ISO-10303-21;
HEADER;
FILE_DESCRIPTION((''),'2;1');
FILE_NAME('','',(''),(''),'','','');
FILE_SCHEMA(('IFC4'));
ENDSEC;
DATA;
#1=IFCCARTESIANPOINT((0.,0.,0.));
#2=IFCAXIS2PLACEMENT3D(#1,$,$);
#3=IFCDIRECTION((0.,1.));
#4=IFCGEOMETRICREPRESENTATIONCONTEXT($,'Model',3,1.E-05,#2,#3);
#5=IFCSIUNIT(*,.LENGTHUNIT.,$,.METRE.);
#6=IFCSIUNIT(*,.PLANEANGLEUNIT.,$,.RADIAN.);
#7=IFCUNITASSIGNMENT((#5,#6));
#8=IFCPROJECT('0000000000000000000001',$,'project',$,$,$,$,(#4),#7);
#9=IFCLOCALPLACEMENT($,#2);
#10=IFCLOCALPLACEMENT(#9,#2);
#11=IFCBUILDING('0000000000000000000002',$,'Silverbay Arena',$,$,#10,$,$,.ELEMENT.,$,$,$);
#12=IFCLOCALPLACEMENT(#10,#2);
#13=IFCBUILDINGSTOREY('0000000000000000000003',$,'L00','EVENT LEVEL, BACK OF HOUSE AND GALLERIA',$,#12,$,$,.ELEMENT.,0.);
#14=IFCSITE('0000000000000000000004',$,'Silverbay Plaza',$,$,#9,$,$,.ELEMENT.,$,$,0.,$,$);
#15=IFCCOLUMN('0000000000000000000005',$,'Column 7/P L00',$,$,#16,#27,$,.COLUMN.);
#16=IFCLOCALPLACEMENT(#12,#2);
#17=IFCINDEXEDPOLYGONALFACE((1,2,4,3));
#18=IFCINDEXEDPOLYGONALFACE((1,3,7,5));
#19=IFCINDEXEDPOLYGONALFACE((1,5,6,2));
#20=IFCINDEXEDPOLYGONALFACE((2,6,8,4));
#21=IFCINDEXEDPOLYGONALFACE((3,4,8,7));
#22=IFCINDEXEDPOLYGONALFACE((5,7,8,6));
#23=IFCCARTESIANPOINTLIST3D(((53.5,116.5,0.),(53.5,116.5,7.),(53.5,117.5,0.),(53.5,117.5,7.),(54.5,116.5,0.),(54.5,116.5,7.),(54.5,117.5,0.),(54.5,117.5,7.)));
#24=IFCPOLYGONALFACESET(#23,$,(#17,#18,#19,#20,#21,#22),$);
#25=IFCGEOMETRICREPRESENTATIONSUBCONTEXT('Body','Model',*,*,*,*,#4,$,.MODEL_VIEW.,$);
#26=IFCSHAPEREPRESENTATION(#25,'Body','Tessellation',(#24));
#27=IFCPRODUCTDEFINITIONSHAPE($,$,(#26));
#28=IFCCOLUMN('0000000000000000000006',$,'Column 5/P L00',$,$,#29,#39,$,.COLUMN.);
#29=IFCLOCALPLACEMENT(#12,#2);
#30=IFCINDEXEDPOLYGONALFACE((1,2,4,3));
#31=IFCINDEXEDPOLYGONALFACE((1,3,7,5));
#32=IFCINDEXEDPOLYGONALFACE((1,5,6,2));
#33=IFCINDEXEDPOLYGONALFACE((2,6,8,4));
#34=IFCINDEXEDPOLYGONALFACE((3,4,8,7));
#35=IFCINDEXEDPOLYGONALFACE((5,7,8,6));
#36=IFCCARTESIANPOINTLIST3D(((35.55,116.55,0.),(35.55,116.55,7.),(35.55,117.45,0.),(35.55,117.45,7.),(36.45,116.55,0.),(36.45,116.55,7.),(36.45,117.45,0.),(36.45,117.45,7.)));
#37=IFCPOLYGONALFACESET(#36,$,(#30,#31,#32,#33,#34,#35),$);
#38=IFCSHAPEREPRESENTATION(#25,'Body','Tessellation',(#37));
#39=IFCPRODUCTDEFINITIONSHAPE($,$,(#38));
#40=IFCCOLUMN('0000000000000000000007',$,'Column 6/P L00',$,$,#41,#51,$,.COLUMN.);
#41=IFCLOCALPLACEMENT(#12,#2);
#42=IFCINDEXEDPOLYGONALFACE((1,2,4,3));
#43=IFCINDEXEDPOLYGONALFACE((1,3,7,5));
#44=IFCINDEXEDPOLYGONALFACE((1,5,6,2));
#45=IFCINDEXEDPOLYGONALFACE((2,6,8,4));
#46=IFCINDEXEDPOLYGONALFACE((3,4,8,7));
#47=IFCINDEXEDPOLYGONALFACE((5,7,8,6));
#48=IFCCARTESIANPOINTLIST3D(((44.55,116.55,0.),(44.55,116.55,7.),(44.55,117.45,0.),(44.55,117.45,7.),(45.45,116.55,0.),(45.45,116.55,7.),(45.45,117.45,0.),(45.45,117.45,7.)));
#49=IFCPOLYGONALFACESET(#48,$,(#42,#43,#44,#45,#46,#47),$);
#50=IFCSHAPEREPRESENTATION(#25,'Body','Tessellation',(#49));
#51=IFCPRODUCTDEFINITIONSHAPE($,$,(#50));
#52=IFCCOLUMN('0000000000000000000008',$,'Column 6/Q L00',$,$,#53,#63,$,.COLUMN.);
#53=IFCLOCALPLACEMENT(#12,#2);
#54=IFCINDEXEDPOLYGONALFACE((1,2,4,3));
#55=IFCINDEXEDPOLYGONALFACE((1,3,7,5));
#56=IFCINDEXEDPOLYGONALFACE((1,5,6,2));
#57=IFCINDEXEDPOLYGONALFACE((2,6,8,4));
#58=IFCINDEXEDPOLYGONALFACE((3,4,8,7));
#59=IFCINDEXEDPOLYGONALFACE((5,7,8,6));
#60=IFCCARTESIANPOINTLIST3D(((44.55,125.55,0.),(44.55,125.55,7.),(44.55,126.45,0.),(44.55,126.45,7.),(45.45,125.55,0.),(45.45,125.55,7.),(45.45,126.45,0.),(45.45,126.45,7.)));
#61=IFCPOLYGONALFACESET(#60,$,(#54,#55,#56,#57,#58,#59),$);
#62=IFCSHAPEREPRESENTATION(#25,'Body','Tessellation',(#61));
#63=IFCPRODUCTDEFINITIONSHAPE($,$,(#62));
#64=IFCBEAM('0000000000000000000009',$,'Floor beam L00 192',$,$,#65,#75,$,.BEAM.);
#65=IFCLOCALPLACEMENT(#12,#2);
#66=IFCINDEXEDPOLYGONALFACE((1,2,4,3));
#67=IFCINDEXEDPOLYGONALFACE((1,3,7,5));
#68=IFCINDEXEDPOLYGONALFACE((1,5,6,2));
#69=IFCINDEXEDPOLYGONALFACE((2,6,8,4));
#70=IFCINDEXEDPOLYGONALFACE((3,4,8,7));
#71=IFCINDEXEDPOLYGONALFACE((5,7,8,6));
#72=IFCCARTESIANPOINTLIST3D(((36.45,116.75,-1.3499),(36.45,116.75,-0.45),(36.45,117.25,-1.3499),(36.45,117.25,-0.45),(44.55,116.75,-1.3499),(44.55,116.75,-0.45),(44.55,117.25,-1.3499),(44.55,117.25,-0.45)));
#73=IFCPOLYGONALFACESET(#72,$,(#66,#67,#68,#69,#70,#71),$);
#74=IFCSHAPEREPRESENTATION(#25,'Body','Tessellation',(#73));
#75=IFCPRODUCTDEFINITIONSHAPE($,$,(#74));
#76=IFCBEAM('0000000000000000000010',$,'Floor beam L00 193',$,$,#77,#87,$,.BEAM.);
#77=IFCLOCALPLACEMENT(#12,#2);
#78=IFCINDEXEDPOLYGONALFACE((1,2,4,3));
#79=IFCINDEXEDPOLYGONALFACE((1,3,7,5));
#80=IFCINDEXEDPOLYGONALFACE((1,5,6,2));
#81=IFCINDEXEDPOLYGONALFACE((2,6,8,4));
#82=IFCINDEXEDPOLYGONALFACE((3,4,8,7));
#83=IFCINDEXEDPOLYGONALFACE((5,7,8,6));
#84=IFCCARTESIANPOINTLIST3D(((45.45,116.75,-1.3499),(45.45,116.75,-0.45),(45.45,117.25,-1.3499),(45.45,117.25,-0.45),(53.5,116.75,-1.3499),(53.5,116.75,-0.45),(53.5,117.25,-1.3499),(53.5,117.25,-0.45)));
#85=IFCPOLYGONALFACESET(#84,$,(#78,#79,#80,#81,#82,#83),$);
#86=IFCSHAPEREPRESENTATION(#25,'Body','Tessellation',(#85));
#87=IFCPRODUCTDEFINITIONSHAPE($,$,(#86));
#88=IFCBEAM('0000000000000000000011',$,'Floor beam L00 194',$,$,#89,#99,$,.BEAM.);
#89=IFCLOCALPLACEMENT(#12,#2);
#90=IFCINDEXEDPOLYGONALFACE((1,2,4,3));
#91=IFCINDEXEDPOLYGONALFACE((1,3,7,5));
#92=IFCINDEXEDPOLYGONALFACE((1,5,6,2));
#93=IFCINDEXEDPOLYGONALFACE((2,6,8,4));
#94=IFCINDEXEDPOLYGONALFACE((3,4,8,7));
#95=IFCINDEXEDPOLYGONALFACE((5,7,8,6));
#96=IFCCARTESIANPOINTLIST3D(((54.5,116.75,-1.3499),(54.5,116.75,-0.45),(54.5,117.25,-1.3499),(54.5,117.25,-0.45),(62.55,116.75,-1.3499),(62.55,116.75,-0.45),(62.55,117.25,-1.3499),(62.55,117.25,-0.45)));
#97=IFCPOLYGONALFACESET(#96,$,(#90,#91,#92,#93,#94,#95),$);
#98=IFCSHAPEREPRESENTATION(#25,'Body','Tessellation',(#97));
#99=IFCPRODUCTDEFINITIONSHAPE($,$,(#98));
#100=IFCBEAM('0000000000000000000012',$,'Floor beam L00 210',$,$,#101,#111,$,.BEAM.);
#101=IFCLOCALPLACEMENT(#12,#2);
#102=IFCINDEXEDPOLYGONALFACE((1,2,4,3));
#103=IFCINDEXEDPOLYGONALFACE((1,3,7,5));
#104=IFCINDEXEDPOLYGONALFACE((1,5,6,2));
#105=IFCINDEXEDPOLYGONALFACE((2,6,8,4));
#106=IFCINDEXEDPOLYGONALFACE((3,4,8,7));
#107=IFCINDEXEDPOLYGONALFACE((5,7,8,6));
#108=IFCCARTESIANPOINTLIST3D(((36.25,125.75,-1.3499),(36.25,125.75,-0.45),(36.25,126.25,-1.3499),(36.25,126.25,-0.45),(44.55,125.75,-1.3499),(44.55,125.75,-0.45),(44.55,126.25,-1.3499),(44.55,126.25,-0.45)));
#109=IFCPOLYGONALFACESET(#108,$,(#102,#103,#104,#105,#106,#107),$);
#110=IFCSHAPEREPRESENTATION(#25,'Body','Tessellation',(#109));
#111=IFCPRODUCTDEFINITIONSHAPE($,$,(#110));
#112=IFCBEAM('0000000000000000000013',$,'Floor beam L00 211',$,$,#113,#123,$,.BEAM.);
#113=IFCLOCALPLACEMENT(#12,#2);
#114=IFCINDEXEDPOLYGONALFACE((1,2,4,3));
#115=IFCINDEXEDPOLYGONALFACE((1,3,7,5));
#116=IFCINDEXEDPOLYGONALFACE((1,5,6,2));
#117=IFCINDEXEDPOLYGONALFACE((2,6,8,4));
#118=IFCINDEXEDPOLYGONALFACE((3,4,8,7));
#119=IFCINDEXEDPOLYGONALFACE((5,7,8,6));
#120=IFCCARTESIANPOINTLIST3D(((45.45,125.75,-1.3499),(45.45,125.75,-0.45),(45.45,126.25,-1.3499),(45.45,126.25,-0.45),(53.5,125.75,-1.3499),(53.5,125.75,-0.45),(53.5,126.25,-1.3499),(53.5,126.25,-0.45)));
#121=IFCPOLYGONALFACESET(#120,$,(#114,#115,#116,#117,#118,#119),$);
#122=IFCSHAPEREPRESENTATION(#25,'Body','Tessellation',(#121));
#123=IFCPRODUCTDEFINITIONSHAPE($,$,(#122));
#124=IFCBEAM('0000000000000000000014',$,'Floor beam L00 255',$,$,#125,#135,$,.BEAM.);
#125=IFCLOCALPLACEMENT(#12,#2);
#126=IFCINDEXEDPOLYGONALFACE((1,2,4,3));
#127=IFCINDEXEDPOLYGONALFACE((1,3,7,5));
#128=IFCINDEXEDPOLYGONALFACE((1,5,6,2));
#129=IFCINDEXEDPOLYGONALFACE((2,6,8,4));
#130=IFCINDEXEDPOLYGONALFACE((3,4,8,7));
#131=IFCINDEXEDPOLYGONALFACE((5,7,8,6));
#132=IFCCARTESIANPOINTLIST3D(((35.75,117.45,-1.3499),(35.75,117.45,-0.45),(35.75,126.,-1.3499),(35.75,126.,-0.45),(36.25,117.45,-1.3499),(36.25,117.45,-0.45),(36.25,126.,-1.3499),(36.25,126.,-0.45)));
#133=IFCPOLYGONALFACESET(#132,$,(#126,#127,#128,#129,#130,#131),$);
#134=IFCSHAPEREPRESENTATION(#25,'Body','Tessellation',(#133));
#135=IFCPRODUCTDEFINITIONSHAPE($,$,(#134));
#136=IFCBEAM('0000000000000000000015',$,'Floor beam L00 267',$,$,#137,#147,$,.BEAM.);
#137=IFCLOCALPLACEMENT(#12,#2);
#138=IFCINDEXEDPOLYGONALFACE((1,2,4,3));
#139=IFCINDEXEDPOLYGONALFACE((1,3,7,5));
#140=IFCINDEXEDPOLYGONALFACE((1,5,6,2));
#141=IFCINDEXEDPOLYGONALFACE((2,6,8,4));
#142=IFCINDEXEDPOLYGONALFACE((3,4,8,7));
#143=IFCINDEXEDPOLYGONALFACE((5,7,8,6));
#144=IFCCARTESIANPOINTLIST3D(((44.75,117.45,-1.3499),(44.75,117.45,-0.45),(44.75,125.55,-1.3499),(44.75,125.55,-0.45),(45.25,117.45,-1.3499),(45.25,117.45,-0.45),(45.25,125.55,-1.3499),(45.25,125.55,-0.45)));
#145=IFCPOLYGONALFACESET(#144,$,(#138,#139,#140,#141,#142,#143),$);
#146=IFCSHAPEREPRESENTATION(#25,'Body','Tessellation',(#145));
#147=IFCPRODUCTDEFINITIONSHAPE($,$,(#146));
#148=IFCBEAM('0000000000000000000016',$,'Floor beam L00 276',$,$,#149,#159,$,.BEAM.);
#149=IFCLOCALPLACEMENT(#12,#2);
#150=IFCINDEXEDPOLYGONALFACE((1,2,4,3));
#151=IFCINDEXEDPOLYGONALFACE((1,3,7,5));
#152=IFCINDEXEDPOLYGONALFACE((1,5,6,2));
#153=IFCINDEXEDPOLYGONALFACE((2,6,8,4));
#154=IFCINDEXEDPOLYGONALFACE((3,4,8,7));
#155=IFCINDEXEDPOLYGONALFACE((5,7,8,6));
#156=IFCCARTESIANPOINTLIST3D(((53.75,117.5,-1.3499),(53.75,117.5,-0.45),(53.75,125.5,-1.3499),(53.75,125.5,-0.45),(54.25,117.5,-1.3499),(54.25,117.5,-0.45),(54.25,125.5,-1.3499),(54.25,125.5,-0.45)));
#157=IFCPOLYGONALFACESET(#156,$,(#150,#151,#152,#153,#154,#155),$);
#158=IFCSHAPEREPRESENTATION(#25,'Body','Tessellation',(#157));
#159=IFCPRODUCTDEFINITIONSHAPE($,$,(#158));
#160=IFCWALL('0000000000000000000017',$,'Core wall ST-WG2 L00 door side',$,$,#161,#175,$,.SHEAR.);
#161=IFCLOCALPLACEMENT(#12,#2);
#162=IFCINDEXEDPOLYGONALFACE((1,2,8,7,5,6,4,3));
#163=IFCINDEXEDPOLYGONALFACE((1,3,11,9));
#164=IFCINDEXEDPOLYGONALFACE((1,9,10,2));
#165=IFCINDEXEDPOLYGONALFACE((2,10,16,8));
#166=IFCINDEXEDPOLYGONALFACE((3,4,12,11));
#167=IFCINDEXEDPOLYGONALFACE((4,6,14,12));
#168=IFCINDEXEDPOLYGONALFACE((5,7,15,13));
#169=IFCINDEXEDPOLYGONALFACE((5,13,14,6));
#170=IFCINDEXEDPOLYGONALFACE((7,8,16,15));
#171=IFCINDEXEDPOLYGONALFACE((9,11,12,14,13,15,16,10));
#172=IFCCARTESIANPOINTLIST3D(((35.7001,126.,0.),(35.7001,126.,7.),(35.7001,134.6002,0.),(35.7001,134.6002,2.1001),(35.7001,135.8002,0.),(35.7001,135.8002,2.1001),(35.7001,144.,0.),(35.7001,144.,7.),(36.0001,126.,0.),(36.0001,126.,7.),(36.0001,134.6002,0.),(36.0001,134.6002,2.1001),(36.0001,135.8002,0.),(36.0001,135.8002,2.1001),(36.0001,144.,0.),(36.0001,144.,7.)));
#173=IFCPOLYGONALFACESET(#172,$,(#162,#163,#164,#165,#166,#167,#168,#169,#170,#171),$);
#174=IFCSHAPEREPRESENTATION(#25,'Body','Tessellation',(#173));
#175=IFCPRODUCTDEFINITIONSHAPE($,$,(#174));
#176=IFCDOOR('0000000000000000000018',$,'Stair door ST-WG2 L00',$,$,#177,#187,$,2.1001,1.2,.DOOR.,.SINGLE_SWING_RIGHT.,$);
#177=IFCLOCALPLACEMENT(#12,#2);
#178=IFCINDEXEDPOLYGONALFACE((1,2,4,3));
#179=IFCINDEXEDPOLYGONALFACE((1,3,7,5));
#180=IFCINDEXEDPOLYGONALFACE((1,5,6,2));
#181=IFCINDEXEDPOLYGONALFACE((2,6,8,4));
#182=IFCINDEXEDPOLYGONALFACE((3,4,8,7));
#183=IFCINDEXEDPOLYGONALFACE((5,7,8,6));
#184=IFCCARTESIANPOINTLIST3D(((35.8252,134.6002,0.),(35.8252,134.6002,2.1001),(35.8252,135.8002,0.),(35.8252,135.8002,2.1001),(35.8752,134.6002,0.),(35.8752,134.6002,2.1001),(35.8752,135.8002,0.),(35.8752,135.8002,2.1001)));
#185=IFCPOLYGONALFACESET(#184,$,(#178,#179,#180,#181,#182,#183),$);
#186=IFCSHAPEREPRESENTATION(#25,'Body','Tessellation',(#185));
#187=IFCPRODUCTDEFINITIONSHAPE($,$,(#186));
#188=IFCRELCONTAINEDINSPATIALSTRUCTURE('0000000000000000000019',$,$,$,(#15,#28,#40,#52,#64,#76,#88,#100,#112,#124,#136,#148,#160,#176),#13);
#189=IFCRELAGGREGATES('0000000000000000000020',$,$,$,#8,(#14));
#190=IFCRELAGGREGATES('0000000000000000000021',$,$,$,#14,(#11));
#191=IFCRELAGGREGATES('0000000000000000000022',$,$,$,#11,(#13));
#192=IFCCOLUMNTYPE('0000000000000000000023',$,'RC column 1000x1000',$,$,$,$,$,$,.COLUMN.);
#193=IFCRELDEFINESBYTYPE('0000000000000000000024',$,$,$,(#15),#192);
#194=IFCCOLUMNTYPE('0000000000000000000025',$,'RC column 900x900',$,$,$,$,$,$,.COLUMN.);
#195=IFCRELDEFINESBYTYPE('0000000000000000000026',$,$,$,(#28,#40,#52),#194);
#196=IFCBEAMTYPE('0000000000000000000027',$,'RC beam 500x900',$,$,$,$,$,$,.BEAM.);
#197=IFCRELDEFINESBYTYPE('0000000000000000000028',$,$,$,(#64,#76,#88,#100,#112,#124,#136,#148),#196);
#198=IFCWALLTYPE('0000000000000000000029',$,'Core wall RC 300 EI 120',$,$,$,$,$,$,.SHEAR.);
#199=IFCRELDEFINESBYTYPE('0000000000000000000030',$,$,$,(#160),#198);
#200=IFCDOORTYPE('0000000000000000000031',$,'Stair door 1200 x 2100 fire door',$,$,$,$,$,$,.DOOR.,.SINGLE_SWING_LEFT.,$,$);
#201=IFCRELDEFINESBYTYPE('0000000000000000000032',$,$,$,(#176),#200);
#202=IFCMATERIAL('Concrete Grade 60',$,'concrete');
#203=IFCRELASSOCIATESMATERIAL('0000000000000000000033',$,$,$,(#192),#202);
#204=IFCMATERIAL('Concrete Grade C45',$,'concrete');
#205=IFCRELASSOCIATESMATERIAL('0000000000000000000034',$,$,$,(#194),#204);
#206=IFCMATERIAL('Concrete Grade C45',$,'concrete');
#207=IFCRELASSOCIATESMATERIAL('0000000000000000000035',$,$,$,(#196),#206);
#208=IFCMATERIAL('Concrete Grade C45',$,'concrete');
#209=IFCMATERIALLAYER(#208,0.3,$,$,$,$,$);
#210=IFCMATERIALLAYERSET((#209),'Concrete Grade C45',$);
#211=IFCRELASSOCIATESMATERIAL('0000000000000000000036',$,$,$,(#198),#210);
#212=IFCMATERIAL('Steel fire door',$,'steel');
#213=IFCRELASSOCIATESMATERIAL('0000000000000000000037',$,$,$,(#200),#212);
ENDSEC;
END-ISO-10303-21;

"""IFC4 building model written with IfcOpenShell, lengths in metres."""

from ifc_helpers import new_model, si_unit, direction, frame, frame_2d, origin, origin_2d, place, context, subcontext, project, spatial, rectangle, extrude, material, layer, layer_set, material_profile, profile_set, type_object, element, fill, save


model = new_model("IFC4")

# Units and contexts
model_context = context("Model", 3, precision=1e-05, world=origin(), true_north=direction((0.0, 1.0)))
body_context = subcontext(model_context, "Body", "Model", "MODEL_VIEW")
ifc_project = project(units=[si_unit("LENGTHUNIT", "METRE"), si_unit("PLANEANGLEUNIT", "RADIAN")], contexts=[model_context])

# Site, building, storey
site_placement = place(None, origin())
site = spatial("IfcSite", under=ifc_project, at=site_placement, Name="Silverbay Plaza", CompositionType="ELEMENT", RefElevation=0.0)
building_placement = place(site_placement, origin())
building = spatial("IfcBuilding", under=site, at=building_placement, Name="Silverbay Arena", CompositionType="ELEMENT")
storey_placement = place(building_placement, origin())
storey = spatial("IfcBuildingStorey", under=building, at=storey_placement, Name="L00", Description="EVENT LEVEL, BACK OF HOUSE AND GALLERIA", CompositionType="ELEMENT", Elevation=0.0)

# Columns
ifc_material_1 = material(Name="Concrete Grade 60", Category="concrete")
ifc_material_profile_1 = material_profile(ifc_material_1, rectangle(XDim=1.0, YDim=1.0, at=origin_2d()), Name="RC 1000x1000")
ifc_profile_set_1 = profile_set([ifc_material_profile_1], Name="Concrete Grade 60")
column_type_1 = type_object("IfcColumnType", Name="RC column 1000x1000", PredefinedType="COLUMN", material=ifc_profile_set_1)
column_placement = place(storey_placement, frame((54.0, 117.0, 0.0), z_axis=(0.0, 0.0, 1.0), x_axis=(1.0, 0.0, 0.0)))
element("IfcColumn", 1, at=column_placement, inside=storey, type_object=column_type_1, Name="Column 7/P L00", PredefinedType="COLUMN", context=body_context, shape_type="SweptSolid", body=[
    extrude(rectangle(XDim=1.0, YDim=1.0, at=origin_2d()), origin(), (0.0, 0.0, 1.0), 7.0),
])
ifc_material_2 = material(Name="Concrete Grade C45", Category="concrete")
ifc_material_profile_2 = material_profile(ifc_material_2, rectangle(XDim=0.8999, YDim=0.8999, at=origin_2d()), Name="RC 900x900")
ifc_profile_set_2 = profile_set([ifc_material_profile_2], Name="Concrete Grade C45")
column_type_2 = type_object("IfcColumnType", Name="RC column 900x900", PredefinedType="COLUMN", material=ifc_profile_set_2)
for number, where, z_axis, x_axis, name in (
    (2, (36.0, 117.0, 0.0), (0.0, 0.0, 1.0), (1.0, 0.0, 0.0), "Column 5/P L00"),
    (3, (45.0, 117.0, 0.0), (0.0, 0.0, 1.0), (1.0, 0.0, 0.0), "Column 6/P L00"),
    (4, (45.0, 126.0, 0.0), (0.0, 0.0, 1.0), (1.0, 0.0, 0.0), "Column 6/Q L00"),
):
    element("IfcColumn", number, at=place(storey_placement, frame(where, z_axis=z_axis, x_axis=x_axis)), inside=storey, type_object=column_type_2, Name=name, PredefinedType="COLUMN", context=body_context, shape_type="SweptSolid", body=[
        extrude(rectangle(XDim=0.8999, YDim=0.8999, at=origin_2d()), origin(), (0.0, 0.0, 1.0), 7.0),
    ])

# Beams
ifc_material_3 = material(Name="Concrete Grade C45", Category="concrete")
ifc_material_profile_3 = material_profile(ifc_material_3, rectangle(XDim=0.5, YDim=0.8999, at=origin_2d()), Name="RC 500x900")
ifc_profile_set_3 = profile_set([ifc_material_profile_3], Name="Concrete Grade C45")
beam_type = type_object("IfcBeamType", Name="RC beam 500x900", PredefinedType="BEAM", material=ifc_profile_set_3)
beam_1_placement = place(storey_placement, frame((36.45, 117.0, -0.8999), z_axis=(1.0, 0.0, 0.0), x_axis=(0.0, 1.0, 0.0)))
element("IfcBeam", 5, at=beam_1_placement, inside=storey, type_object=beam_type, Name="Floor beam L00 192", PredefinedType="BEAM", context=body_context, shape_type="SweptSolid", body=[
    extrude(rectangle(XDim=0.5, YDim=0.8999, at=origin_2d()), origin(), (0.0, 0.0, 1.0), 8.1001),
])
for number, where, z_axis, x_axis, name in (
    (6, (45.45, 117.0, -0.8999), (1.0, 0.0, 0.0), (0.0, 1.0, 0.0), "Floor beam L00 193"),
    (7, (54.5, 117.0, -0.8999), (1.0, 0.0, 0.0), (0.0, 1.0, 0.0), "Floor beam L00 194"),
):
    element("IfcBeam", number, at=place(storey_placement, frame(where, z_axis=z_axis, x_axis=x_axis)), inside=storey, type_object=beam_type, Name=name, PredefinedType="BEAM", context=body_context, shape_type="SweptSolid", body=[
        extrude(rectangle(XDim=0.5, YDim=0.8999, at=origin_2d()), origin(), (0.0, 0.0, 1.0), 8.05),
    ])
beam_2_placement = place(storey_placement, frame((36.25, 126.0, -0.8999), z_axis=(1.0, 0.0, 0.0), x_axis=(0.0, 1.0, 0.0)))
element("IfcBeam", 8, at=beam_2_placement, inside=storey, type_object=beam_type, Name="Floor beam L00 210", PredefinedType="BEAM", context=body_context, shape_type="SweptSolid", body=[
    extrude(rectangle(XDim=0.5, YDim=0.8999, at=origin_2d()), origin(), (0.0, 0.0, 1.0), 8.3),
])
beam_3_placement = place(storey_placement, frame((45.45, 126.0, -0.8999), z_axis=(1.0, 0.0, 0.0), x_axis=(0.0, 1.0, 0.0)))
element("IfcBeam", 9, at=beam_3_placement, inside=storey, type_object=beam_type, Name="Floor beam L00 211", PredefinedType="BEAM", context=body_context, shape_type="SweptSolid", body=[
    extrude(rectangle(XDim=0.5, YDim=0.8999, at=origin_2d()), origin(), (0.0, 0.0, 1.0), 8.05),
])
beam_4_placement = place(storey_placement, frame((36.0, 117.45, -0.8999), z_axis=(0.0, 1.0, 0.0), x_axis=(-1.0, 0.0, 0.0)))
element("IfcBeam", 10, at=beam_4_placement, inside=storey, type_object=beam_type, Name="Floor beam L00 255", PredefinedType="BEAM", context=body_context, shape_type="SweptSolid", body=[
    extrude(rectangle(XDim=0.5, YDim=0.8999, at=origin_2d()), origin(), (0.0, 0.0, 1.0), 8.55),
])
beam_5_placement = place(storey_placement, frame((45.0, 117.45, -0.8999), z_axis=(0.0, 1.0, 0.0), x_axis=(-1.0, 0.0, 0.0)))
element("IfcBeam", 11, at=beam_5_placement, inside=storey, type_object=beam_type, Name="Floor beam L00 267", PredefinedType="BEAM", context=body_context, shape_type="SweptSolid", body=[
    extrude(rectangle(XDim=0.5, YDim=0.8999, at=origin_2d()), origin(), (0.0, 0.0, 1.0), 8.1001),
])
beam_6_placement = place(storey_placement, frame((54.0, 117.5, -0.8999), z_axis=(0.0, 1.0, 0.0), x_axis=(-1.0, 0.0, 0.0)))
element("IfcBeam", 12, at=beam_6_placement, inside=storey, type_object=beam_type, Name="Floor beam L00 276", PredefinedType="BEAM", context=body_context, shape_type="SweptSolid", body=[
    extrude(rectangle(XDim=0.5, YDim=0.8999, at=origin_2d()), origin(), (0.0, 0.0, 1.0), 8.0),
])

# Wall, opening, door
ifc_material_4 = material(Name="Concrete Grade C45", Category="concrete")
ifc_layer_1 = layer(ifc_material_4, 0.3)
ifc_layer_set_1 = layer_set([ifc_layer_1], Name="Concrete Grade C45")
wall_type_1 = type_object("IfcWallType", Name="Core wall RC 300 EI 120", PredefinedType="SHEAR", material=ifc_layer_set_1)
wall_1_placement = place(storey_placement, frame((35.8501, 126.0, 0.0), z_axis=(0.0, 0.0, 1.0), x_axis=(0.0, 1.0, 0.0)))
wall_1 = element("IfcWall", 13, at=wall_1_placement, inside=storey, type_object=wall_type_1, Name="Core wall ST-WG2 L00 door side", PredefinedType="SHEAR", context=body_context, shape_type="SweptSolid", body=[
    extrude(rectangle(XDim=18.0, YDim=0.3, at=frame_2d((9.0, 0.0))), origin(), (0.0, 0.0, 1.0), 7.0),
])
opening_1_placement = place(wall_1_placement, frame((8.6001, 0.0, 0.0)))
opening_1 = element("IfcOpeningElement", 14, at=opening_1_placement, cuts=wall_1, PredefinedType="OPENING", context=body_context, shape_type="SweptSolid", body=[
    extrude(rectangle(XDim=1.2, YDim=2.1001, at=frame_2d((0.6001, 1.05))), frame((0.0, 0.1602, 0.0), z_axis=(0.0, -1.0, 0.0), x_axis=(1.0, 0.0, 0.0)), (0.0, 0.0, 1.0), 0.3201),
])
ifc_material_5 = material(Name="Steel fire door", Category="steel")
door_type_1 = type_object("IfcDoorType", Name="Stair door 1200 x 2100 fire door", OperationType="SINGLE_SWING_LEFT", PredefinedType="DOOR", material=ifc_material_5)
door_1_placement = place(opening_1_placement, origin())
door_1 = element("IfcDoor", 15, at=door_1_placement, inside=storey, type_object=door_type_1, Name="Stair door ST-WG2 L00", OperationType="SINGLE_SWING_RIGHT", OverallHeight=2.1001, OverallWidth=1.2, PredefinedType="DOOR", context=body_context, shape_type="SweptSolid", body=[
    extrude(rectangle(XDim=1.2, YDim=2.1001, at=frame_2d((0.6001, 1.05))), frame((0.0, 0.0249, 0.0), z_axis=(0.0, -1.0, 0.0), x_axis=(1.0, 0.0, 0.0)), (0.0, 0.0, 1.0), 0.05),
])
fill(opening_1, door_1)

save(model, "model.ifc")
